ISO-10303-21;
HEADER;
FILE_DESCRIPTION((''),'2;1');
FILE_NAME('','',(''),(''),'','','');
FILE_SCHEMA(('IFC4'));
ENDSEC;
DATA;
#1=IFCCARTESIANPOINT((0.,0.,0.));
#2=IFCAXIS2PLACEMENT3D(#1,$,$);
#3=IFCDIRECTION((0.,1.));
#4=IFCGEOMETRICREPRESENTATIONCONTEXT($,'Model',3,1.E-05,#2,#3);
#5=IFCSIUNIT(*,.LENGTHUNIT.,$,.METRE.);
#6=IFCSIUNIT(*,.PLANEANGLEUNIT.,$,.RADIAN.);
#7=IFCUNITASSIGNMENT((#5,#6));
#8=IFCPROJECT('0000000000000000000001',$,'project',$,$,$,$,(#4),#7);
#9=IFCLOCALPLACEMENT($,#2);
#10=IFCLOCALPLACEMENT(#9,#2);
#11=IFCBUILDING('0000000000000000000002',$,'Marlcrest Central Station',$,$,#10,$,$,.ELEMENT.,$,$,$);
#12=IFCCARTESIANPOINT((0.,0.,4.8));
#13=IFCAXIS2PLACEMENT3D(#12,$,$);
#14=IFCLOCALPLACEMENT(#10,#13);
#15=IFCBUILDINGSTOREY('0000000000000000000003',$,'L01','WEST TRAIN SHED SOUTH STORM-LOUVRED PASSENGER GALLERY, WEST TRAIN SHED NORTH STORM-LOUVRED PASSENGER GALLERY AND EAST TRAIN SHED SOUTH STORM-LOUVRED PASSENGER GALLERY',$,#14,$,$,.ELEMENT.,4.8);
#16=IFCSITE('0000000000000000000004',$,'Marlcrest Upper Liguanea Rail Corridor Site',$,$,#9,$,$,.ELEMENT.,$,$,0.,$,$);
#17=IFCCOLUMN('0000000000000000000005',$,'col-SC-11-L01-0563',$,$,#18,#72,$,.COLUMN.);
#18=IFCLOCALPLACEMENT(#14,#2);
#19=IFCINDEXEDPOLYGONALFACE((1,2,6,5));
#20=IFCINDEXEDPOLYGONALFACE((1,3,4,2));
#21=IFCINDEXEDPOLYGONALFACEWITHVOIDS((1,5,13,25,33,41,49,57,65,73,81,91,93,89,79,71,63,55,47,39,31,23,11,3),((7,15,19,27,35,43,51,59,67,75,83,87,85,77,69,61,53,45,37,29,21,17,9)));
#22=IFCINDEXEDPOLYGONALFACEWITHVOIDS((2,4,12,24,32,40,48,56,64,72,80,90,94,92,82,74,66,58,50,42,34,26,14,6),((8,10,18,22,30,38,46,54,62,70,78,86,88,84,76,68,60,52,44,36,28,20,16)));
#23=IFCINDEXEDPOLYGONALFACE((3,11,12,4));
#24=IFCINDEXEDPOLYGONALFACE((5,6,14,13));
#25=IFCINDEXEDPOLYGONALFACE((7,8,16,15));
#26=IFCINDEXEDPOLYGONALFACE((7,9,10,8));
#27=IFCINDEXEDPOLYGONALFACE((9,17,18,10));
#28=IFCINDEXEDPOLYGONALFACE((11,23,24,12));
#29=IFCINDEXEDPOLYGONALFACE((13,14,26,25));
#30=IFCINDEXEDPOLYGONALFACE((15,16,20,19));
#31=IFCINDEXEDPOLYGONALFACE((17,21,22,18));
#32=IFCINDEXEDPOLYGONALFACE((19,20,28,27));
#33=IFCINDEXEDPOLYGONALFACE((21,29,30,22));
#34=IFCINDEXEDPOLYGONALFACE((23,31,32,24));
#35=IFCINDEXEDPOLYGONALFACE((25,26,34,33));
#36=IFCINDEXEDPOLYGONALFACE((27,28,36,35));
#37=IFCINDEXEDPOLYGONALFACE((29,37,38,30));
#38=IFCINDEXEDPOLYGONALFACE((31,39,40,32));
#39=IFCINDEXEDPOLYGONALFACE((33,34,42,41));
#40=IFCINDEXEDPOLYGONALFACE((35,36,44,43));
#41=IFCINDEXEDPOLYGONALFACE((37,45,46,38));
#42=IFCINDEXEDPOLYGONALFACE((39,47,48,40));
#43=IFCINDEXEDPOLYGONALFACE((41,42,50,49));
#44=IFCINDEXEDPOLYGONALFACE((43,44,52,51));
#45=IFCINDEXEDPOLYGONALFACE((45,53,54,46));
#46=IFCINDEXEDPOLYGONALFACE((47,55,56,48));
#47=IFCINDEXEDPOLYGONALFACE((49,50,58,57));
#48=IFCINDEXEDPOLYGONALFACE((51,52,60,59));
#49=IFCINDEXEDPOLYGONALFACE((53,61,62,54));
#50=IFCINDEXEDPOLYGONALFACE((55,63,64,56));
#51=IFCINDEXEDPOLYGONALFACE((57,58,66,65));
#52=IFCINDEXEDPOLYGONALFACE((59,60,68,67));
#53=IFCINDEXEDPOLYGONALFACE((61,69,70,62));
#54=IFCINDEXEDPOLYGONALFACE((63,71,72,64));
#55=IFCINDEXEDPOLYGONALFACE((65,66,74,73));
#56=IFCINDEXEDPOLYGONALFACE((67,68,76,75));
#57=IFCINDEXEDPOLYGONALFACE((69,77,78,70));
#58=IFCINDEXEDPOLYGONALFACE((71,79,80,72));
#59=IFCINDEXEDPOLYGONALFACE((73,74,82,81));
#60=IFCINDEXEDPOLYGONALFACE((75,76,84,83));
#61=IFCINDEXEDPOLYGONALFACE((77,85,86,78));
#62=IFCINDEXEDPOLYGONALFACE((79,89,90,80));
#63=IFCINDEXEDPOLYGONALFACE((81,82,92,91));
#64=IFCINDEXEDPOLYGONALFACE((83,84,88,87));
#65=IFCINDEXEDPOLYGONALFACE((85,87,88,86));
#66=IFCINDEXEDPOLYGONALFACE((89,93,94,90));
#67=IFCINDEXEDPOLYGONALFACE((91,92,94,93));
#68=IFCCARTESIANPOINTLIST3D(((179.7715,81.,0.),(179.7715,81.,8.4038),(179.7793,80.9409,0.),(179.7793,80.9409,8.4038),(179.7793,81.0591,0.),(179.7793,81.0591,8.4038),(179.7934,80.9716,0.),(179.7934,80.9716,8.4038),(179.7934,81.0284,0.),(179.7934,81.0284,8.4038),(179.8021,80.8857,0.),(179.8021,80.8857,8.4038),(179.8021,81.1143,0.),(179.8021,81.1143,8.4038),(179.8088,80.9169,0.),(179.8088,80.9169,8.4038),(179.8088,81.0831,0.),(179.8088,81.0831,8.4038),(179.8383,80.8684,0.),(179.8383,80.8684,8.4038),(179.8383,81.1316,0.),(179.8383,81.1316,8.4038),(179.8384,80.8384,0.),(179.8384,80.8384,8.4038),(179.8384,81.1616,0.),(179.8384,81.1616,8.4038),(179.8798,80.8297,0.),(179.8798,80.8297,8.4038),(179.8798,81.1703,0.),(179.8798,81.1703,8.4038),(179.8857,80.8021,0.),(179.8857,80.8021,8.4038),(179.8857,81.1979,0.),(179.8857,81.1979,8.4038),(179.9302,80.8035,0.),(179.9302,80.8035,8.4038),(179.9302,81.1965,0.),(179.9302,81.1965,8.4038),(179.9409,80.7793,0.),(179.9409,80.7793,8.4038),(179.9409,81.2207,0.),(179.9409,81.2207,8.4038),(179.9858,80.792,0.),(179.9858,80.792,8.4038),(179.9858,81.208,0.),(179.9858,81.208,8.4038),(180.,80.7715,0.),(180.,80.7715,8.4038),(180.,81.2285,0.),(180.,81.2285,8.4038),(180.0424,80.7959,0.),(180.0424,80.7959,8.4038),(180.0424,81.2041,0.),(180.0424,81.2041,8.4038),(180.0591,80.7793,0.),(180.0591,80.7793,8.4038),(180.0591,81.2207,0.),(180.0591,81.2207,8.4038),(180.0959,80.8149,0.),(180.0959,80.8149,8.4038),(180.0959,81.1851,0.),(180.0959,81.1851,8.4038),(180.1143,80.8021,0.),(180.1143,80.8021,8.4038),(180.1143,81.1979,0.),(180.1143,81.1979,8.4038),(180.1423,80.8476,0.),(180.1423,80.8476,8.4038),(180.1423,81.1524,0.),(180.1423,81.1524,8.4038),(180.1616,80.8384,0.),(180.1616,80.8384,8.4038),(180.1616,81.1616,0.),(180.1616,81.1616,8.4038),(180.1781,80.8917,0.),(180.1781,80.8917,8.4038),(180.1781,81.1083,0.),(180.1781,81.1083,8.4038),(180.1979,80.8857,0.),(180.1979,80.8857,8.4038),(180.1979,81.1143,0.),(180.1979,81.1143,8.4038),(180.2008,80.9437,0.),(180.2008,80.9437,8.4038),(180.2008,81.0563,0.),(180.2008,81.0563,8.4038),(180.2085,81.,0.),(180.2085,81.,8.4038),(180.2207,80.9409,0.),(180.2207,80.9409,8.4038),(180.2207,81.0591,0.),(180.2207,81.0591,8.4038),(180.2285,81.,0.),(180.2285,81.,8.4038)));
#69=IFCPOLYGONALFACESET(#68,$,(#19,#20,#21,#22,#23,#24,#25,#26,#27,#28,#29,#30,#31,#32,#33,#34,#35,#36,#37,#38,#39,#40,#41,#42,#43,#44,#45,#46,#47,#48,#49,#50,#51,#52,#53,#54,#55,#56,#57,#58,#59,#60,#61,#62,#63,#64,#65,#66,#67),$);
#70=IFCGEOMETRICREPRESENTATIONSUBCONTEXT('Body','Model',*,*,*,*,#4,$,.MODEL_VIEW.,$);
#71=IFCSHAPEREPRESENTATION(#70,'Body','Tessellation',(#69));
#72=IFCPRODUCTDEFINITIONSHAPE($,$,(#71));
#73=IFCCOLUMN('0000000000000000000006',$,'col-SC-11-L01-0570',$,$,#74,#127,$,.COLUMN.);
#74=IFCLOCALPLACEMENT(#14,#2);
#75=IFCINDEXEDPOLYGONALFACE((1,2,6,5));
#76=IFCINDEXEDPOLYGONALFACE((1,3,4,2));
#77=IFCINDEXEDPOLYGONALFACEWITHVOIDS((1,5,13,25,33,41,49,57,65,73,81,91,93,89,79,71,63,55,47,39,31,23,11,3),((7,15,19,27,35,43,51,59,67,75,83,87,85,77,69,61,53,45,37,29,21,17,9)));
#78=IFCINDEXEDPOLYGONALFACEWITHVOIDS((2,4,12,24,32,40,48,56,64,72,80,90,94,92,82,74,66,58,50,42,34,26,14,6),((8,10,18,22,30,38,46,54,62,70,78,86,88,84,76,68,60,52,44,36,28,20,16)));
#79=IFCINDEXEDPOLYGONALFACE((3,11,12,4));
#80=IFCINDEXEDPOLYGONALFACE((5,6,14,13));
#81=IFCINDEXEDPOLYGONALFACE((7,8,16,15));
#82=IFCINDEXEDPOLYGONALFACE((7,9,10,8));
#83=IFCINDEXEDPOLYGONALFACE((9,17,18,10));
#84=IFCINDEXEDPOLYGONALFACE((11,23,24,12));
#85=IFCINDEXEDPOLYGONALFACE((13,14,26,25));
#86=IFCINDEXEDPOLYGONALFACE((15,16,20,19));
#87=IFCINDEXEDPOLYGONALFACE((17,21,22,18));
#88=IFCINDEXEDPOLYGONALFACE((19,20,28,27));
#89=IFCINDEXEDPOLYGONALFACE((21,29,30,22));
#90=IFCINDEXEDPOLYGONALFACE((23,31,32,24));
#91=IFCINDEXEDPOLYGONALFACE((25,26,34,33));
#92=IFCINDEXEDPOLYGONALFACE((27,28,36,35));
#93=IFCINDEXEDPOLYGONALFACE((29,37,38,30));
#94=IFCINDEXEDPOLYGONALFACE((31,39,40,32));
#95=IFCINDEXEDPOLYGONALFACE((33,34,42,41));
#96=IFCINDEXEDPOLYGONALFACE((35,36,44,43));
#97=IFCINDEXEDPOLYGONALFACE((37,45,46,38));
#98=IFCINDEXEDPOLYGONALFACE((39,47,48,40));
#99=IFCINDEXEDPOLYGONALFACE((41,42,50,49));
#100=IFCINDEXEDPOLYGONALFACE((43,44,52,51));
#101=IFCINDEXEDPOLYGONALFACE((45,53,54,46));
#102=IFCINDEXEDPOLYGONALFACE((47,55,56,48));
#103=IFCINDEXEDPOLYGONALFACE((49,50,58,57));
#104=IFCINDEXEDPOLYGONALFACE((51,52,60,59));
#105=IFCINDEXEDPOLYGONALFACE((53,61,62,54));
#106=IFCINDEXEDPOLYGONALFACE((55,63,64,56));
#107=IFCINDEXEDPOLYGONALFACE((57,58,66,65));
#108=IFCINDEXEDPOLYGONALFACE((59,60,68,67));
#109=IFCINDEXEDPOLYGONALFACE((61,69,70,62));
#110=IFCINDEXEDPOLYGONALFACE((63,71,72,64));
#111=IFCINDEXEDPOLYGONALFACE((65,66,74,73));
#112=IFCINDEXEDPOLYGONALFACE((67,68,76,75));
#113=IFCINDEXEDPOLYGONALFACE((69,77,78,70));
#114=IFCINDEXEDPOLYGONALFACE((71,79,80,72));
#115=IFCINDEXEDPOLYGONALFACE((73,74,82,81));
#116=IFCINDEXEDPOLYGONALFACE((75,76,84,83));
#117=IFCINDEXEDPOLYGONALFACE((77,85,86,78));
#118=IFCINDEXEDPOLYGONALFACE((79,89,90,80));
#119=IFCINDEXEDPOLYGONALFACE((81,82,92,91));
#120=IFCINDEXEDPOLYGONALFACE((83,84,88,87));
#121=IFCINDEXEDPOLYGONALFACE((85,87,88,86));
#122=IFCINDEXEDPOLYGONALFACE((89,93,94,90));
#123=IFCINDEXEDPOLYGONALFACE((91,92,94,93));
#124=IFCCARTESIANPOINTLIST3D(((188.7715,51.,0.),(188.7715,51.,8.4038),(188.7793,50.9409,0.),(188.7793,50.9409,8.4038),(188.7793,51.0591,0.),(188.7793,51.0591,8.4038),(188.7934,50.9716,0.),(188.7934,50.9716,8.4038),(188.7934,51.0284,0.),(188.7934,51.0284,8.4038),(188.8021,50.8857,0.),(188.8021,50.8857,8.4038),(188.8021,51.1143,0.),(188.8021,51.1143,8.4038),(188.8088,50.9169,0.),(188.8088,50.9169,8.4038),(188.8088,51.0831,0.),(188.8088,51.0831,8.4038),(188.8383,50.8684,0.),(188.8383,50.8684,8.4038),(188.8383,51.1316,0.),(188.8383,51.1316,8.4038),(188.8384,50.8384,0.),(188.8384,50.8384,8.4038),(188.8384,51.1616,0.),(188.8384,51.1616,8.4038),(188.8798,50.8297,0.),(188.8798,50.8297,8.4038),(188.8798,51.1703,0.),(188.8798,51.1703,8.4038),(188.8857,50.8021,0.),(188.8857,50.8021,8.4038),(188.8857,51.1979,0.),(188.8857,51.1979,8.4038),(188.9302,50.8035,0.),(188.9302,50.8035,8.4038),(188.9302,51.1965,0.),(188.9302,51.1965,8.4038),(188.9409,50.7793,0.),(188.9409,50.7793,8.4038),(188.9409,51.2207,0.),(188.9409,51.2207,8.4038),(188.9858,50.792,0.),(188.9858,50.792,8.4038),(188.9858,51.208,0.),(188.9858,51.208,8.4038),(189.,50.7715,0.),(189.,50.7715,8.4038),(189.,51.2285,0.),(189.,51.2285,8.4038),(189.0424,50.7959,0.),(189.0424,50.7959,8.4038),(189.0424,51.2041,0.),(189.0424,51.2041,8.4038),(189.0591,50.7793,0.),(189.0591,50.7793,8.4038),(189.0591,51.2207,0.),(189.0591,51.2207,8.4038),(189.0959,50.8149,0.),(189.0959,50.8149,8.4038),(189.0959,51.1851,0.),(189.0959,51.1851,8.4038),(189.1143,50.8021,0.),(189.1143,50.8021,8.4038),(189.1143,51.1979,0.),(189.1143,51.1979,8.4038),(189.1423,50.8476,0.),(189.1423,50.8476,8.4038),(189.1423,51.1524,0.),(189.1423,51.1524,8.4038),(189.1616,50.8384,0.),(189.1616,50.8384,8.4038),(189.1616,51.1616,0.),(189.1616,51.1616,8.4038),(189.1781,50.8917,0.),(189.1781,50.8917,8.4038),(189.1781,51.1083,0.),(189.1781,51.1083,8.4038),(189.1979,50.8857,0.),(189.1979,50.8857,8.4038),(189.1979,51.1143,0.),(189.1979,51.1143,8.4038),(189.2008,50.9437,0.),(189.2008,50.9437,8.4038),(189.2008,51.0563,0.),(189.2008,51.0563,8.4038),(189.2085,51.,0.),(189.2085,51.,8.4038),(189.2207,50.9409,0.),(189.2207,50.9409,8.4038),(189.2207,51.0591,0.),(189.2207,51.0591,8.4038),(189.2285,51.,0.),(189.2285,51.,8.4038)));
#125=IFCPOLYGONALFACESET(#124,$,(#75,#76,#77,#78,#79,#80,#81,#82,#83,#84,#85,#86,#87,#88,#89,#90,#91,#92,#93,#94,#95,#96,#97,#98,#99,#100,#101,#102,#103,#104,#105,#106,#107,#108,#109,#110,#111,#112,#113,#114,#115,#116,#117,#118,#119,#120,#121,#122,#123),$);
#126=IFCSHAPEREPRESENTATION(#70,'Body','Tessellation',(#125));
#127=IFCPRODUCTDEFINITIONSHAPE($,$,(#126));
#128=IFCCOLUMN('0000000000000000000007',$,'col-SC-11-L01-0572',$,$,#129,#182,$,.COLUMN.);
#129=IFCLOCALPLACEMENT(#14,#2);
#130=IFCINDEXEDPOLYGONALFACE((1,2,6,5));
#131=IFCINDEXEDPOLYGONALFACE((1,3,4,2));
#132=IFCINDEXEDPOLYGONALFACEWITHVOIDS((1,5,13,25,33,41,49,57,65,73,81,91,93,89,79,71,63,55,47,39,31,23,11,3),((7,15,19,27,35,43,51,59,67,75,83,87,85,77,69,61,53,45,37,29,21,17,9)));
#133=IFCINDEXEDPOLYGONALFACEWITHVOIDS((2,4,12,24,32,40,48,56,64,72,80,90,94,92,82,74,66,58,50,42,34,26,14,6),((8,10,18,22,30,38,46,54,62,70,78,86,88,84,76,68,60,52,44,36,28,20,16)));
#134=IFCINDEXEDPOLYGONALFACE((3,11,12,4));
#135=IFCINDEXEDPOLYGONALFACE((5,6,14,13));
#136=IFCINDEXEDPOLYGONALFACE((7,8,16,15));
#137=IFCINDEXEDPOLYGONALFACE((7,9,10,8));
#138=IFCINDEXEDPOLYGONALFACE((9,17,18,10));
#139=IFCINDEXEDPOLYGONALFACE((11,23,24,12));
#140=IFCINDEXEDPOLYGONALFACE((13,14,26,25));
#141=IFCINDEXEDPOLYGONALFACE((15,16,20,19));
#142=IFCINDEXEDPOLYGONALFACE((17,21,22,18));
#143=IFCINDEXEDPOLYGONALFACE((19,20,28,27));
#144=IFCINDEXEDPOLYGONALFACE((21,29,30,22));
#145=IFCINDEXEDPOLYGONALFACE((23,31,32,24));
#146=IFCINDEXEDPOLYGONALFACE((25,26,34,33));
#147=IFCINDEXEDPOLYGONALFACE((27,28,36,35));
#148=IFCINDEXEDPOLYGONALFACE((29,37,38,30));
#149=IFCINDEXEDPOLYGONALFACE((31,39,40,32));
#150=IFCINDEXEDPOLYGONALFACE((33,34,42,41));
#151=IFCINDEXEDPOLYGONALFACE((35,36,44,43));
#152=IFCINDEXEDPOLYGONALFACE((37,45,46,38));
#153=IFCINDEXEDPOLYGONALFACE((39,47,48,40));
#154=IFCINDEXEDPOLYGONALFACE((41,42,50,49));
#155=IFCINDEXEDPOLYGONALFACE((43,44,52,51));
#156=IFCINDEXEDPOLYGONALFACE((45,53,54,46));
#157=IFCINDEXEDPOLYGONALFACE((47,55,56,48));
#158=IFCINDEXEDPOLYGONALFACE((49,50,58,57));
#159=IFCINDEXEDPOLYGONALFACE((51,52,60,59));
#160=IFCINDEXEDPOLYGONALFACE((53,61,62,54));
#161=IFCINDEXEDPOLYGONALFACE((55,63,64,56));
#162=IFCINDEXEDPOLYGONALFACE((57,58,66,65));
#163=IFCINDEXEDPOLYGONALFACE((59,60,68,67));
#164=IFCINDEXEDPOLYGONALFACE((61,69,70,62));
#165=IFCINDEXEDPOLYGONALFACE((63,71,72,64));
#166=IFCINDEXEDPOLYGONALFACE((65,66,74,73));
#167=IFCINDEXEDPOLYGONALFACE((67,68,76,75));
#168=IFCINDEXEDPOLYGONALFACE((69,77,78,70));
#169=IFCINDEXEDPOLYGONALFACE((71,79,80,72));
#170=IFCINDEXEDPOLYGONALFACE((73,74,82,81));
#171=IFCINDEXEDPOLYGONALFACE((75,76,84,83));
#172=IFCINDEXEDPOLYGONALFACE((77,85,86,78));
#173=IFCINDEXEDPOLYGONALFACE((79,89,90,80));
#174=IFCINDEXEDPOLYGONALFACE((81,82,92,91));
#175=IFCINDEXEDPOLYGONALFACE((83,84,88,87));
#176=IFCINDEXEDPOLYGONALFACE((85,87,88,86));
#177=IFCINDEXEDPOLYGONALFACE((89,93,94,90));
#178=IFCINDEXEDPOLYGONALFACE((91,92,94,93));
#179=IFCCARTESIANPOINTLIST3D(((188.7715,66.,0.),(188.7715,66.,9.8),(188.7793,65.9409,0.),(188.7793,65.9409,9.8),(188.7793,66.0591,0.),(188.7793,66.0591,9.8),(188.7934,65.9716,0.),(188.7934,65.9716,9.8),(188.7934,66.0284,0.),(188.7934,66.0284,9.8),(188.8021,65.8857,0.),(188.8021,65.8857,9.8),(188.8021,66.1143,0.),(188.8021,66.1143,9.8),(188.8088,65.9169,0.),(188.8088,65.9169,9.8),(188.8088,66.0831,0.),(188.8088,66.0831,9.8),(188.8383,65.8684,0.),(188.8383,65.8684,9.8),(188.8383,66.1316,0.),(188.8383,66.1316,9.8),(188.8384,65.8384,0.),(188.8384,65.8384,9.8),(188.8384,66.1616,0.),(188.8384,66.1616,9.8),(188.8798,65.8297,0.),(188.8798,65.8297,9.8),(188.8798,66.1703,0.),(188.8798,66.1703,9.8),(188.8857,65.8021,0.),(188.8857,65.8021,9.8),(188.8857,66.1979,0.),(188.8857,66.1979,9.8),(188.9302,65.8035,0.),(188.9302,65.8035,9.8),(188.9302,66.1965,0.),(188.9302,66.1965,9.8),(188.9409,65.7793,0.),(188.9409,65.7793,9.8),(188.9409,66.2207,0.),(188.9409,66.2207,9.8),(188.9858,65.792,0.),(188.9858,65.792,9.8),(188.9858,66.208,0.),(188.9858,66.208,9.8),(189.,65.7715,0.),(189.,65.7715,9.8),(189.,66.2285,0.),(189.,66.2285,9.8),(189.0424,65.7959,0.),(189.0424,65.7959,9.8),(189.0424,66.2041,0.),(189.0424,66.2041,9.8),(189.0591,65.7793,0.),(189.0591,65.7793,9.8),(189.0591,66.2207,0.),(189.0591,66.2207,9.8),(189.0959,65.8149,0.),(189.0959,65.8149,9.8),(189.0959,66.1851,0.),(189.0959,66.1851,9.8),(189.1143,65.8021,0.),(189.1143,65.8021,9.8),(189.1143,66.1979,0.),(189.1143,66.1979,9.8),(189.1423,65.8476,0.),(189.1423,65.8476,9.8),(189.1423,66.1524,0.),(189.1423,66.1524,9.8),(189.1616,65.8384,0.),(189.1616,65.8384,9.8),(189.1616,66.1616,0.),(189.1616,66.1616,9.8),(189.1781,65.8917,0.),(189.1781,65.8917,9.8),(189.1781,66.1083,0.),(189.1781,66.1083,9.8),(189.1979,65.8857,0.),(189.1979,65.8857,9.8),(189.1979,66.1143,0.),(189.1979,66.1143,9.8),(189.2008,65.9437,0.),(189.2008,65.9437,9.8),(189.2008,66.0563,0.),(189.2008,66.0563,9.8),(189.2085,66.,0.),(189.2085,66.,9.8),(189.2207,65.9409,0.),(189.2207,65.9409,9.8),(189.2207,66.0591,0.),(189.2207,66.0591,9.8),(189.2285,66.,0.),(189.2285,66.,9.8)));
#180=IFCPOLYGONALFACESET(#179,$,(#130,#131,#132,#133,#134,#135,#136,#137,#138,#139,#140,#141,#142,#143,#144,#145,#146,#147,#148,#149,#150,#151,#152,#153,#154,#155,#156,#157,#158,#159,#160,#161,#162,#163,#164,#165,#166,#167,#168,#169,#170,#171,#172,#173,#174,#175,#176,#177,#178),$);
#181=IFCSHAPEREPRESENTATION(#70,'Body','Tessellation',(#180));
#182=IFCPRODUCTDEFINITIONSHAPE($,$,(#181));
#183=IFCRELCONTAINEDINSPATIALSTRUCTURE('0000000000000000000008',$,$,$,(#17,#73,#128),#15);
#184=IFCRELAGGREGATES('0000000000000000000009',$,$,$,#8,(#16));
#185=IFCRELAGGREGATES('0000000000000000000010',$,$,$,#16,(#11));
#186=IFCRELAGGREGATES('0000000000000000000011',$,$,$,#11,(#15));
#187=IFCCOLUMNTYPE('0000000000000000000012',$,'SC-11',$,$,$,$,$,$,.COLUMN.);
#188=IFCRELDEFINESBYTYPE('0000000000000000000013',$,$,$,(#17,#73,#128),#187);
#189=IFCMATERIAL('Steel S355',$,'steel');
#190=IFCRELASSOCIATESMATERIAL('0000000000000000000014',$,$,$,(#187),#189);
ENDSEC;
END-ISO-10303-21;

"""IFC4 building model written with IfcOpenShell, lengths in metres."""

from ifc_helpers import new_model, si_unit, direction, frame, origin, origin_2d, place, context, subcontext, project, spatial, hollow_circle, extrude, material, material_profile, profile_set, type_object, element, save


model = new_model("IFC4")

# Units and contexts
model_context = context("Model", 3, precision=1e-05, world=origin(), true_north=direction((0.0, 1.0)))
body_context = subcontext(model_context, "Body", "Model", "MODEL_VIEW")
ifc_project = project(units=[si_unit("LENGTHUNIT", "METRE"), si_unit("PLANEANGLEUNIT", "RADIAN")], contexts=[model_context])

# Site, building, storey
site_placement = place(None, origin())
site = spatial("IfcSite", under=ifc_project, at=site_placement, Name="Marlcrest Upper Liguanea Rail Corridor Site", CompositionType="ELEMENT", RefElevation=0.0)
building_placement = place(site_placement, origin())
building = spatial("IfcBuilding", under=site, at=building_placement, Name="Marlcrest Central Station", CompositionType="ELEMENT")
storey_placement = place(building_placement, frame((0.0, 0.0, 4.8)))
storey = spatial("IfcBuildingStorey", under=building, at=storey_placement, Name="L01", Description="WEST TRAIN SHED SOUTH STORM-LOUVRED PASSENGER GALLERY, WEST TRAIN SHED NORTH STORM-LOUVRED PASSENGER GALLERY AND EAST TRAIN SHED SOUTH STORM-LOUVRED PASSENGER GALLERY", CompositionType="ELEMENT", Elevation=4.8)

# Columns
ifc_material = material(Name="Steel S355", Category="steel")
ifc_material_profile = material_profile(ifc_material, hollow_circle(Radius=0.2285, WallThickness=0.02, at=origin_2d()), Name="CHS 457x20")
ifc_profile_set = profile_set([ifc_material_profile], Name="Steel S355")
column_type = type_object("IfcColumnType", Name="SC-11", PredefinedType="COLUMN", material=ifc_profile_set)
for number, where, z_axis, x_axis, name in (
    (1, (180.0, 81.0, 0.0), (0.0, 0.0, 1.0), (1.0, 0.0, 0.0), "col-SC-11-L01-0563"),
    (2, (189.0, 51.0, 0.0), (0.0, 0.0, 1.0), (1.0, 0.0, 0.0), "col-SC-11-L01-0570"),
):
    element("IfcColumn", number, at=place(storey_placement, frame(where, z_axis=z_axis, x_axis=x_axis)), inside=storey, type_object=column_type, Name=name, PredefinedType="COLUMN", context=body_context, shape_type="SweptSolid", body=[
        extrude(hollow_circle(Radius=0.2285, WallThickness=0.02, at=origin_2d()), origin(), (0.0, 0.0, 1.0), 8.4038),
    ])
column_1_placement = place(storey_placement, frame((189.0, 66.0, 0.0), z_axis=(0.0, 0.0, 1.0), x_axis=(1.0, 0.0, 0.0)))
element("IfcColumn", 3, at=column_1_placement, inside=storey, type_object=column_type, Name="col-SC-11-L01-0572", PredefinedType="COLUMN", context=body_context, shape_type="SweptSolid", body=[
    extrude(hollow_circle(Radius=0.2285, WallThickness=0.02, at=origin_2d()), origin(), (0.0, 0.0, 1.0), 9.8),
])

save(model, "model.ifc")
